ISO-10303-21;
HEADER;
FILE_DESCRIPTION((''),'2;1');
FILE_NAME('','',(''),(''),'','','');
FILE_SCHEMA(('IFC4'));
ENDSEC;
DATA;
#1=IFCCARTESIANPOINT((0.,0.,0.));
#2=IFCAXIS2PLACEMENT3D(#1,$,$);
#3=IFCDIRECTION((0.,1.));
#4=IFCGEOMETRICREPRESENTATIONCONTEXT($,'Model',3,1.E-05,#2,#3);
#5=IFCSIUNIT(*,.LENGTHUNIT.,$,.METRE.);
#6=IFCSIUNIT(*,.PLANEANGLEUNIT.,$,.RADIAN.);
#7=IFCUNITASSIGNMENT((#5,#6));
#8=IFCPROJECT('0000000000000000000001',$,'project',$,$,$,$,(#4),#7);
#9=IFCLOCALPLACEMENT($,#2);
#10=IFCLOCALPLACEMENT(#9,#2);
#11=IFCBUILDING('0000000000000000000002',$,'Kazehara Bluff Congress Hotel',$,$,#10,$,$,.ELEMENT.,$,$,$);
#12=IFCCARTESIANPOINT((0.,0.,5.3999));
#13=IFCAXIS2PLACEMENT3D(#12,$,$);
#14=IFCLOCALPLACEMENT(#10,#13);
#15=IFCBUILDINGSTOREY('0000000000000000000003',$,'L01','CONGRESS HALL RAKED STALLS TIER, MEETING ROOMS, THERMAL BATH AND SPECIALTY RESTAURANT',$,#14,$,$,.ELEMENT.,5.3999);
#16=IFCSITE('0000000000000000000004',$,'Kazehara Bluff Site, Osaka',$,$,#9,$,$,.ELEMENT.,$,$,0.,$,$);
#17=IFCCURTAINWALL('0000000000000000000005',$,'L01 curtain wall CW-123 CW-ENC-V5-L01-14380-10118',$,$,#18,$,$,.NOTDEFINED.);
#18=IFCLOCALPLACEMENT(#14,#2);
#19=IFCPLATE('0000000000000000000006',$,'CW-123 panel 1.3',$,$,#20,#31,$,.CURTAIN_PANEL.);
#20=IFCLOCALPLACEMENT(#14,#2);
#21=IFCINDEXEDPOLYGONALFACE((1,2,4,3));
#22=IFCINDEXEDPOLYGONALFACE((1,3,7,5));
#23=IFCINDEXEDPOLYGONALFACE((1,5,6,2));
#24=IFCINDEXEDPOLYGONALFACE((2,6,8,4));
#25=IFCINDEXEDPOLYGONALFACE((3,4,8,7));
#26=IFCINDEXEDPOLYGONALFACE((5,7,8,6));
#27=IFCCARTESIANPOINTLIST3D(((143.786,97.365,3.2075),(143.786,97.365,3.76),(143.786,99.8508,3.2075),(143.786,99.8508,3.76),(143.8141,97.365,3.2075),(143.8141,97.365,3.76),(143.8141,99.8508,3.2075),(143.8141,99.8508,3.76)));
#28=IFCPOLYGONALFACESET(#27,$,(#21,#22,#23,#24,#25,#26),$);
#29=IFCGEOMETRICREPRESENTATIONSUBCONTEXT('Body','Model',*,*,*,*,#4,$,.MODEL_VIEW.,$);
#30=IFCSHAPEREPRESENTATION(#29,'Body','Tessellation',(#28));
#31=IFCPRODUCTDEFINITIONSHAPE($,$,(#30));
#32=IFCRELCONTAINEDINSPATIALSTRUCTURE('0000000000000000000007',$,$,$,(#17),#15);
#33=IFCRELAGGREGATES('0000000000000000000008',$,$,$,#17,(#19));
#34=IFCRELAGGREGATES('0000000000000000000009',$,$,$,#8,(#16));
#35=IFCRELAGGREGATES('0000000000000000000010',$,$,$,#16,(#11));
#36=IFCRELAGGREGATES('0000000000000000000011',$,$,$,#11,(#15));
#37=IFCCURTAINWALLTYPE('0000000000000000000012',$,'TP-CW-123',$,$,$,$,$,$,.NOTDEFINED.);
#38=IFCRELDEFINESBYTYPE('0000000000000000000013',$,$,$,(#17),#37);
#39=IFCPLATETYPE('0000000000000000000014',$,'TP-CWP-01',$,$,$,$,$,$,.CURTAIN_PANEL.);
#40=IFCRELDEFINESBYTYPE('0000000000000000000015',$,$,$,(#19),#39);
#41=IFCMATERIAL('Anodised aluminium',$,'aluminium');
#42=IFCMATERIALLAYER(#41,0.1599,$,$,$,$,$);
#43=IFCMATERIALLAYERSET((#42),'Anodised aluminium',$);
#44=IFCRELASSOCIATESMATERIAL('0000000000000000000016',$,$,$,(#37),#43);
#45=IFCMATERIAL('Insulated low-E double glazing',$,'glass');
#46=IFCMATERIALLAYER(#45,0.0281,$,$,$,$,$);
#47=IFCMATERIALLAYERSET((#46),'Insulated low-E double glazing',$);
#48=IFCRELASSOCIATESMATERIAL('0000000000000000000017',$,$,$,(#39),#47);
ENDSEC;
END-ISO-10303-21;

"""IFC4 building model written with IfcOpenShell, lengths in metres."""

from ifc_helpers import new_model, si_unit, direction, frame, origin, origin_2d, place, context, subcontext, project, spatial, rectangle, extrude, material, layer, layer_set, type_object, element, aggregate, save


model = new_model("IFC4")

# Units and contexts
model_context = context("Model", 3, precision=1e-05, world=origin(), true_north=direction((0.0, 1.0)))
body_context = subcontext(model_context, "Body", "Model", "MODEL_VIEW")
ifc_project = project(units=[si_unit("LENGTHUNIT", "METRE"), si_unit("PLANEANGLEUNIT", "RADIAN")], contexts=[model_context])

# Site, building, storey
site_placement = place(None, origin())
site = spatial("IfcSite", under=ifc_project, at=site_placement, Name="Kazehara Bluff Site, Osaka", CompositionType="ELEMENT", RefElevation=0.0)
building_placement = place(site_placement, origin())
building = spatial("IfcBuilding", under=site, at=building_placement, Name="Kazehara Bluff Congress Hotel", CompositionType="ELEMENT")
storey_placement = place(building_placement, frame((0.0, 0.0, 5.3999)))
storey = spatial("IfcBuildingStorey", under=building, at=storey_placement, Name="L01", Description="CONGRESS HALL RAKED STALLS TIER, MEETING ROOMS, THERMAL BATH AND SPECIALTY RESTAURANT", CompositionType="ELEMENT", Elevation=5.3999)

# Curtain wall
ifc_material_1 = material(Name="Anodised aluminium", Category="aluminium")
ifc_layer_1 = layer(ifc_material_1, 0.1599)
ifc_layer_set_1 = layer_set([ifc_layer_1], Name="Anodised aluminium")
curtain_wall_type_1 = type_object("IfcCurtainWallType", Name="TP-CW-123", PredefinedType="NOTDEFINED", material=ifc_layer_set_1)
curtain_wall_1_placement = place(storey_placement, origin())
curtain_wall_1 = element("IfcCurtainWall", 1, at=curtain_wall_1_placement, inside=storey, type_object=curtain_wall_type_1, Name="L01 curtain wall CW-123 CW-ENC-V5-L01-14380-10118", PredefinedType="NOTDEFINED")

# Plate
ifc_material_2 = material(Name="Insulated low-E double glazing", Category="glass")
ifc_layer_2 = layer(ifc_material_2, 0.0281)
ifc_layer_set_2 = layer_set([ifc_layer_2], Name="Insulated low-E double glazing")
plate_type = type_object("IfcPlateType", Name="TP-CWP-01", PredefinedType="CURTAIN_PANEL", material=ifc_layer_set_2)
plate_1_placement = place(storey_placement, frame((143.8, 98.6079, 3.2075), z_axis=(0.0, 0.0, 1.0), x_axis=(0.0, 1.0, 0.0)))
plate_1 = element("IfcPlate", 2, at=plate_1_placement, type_object=plate_type, Name="CW-123 panel 1.3", PredefinedType="CURTAIN_PANEL", context=body_context, shape_type="SweptSolid", body=[
    extrude(rectangle(XDim=2.4858, YDim=0.0281, at=origin_2d()), origin(), (0.0, 0.0, 1.0), 0.5525),
])
aggregate(curtain_wall_1, [plate_1])

save(model, "model.ifc")
